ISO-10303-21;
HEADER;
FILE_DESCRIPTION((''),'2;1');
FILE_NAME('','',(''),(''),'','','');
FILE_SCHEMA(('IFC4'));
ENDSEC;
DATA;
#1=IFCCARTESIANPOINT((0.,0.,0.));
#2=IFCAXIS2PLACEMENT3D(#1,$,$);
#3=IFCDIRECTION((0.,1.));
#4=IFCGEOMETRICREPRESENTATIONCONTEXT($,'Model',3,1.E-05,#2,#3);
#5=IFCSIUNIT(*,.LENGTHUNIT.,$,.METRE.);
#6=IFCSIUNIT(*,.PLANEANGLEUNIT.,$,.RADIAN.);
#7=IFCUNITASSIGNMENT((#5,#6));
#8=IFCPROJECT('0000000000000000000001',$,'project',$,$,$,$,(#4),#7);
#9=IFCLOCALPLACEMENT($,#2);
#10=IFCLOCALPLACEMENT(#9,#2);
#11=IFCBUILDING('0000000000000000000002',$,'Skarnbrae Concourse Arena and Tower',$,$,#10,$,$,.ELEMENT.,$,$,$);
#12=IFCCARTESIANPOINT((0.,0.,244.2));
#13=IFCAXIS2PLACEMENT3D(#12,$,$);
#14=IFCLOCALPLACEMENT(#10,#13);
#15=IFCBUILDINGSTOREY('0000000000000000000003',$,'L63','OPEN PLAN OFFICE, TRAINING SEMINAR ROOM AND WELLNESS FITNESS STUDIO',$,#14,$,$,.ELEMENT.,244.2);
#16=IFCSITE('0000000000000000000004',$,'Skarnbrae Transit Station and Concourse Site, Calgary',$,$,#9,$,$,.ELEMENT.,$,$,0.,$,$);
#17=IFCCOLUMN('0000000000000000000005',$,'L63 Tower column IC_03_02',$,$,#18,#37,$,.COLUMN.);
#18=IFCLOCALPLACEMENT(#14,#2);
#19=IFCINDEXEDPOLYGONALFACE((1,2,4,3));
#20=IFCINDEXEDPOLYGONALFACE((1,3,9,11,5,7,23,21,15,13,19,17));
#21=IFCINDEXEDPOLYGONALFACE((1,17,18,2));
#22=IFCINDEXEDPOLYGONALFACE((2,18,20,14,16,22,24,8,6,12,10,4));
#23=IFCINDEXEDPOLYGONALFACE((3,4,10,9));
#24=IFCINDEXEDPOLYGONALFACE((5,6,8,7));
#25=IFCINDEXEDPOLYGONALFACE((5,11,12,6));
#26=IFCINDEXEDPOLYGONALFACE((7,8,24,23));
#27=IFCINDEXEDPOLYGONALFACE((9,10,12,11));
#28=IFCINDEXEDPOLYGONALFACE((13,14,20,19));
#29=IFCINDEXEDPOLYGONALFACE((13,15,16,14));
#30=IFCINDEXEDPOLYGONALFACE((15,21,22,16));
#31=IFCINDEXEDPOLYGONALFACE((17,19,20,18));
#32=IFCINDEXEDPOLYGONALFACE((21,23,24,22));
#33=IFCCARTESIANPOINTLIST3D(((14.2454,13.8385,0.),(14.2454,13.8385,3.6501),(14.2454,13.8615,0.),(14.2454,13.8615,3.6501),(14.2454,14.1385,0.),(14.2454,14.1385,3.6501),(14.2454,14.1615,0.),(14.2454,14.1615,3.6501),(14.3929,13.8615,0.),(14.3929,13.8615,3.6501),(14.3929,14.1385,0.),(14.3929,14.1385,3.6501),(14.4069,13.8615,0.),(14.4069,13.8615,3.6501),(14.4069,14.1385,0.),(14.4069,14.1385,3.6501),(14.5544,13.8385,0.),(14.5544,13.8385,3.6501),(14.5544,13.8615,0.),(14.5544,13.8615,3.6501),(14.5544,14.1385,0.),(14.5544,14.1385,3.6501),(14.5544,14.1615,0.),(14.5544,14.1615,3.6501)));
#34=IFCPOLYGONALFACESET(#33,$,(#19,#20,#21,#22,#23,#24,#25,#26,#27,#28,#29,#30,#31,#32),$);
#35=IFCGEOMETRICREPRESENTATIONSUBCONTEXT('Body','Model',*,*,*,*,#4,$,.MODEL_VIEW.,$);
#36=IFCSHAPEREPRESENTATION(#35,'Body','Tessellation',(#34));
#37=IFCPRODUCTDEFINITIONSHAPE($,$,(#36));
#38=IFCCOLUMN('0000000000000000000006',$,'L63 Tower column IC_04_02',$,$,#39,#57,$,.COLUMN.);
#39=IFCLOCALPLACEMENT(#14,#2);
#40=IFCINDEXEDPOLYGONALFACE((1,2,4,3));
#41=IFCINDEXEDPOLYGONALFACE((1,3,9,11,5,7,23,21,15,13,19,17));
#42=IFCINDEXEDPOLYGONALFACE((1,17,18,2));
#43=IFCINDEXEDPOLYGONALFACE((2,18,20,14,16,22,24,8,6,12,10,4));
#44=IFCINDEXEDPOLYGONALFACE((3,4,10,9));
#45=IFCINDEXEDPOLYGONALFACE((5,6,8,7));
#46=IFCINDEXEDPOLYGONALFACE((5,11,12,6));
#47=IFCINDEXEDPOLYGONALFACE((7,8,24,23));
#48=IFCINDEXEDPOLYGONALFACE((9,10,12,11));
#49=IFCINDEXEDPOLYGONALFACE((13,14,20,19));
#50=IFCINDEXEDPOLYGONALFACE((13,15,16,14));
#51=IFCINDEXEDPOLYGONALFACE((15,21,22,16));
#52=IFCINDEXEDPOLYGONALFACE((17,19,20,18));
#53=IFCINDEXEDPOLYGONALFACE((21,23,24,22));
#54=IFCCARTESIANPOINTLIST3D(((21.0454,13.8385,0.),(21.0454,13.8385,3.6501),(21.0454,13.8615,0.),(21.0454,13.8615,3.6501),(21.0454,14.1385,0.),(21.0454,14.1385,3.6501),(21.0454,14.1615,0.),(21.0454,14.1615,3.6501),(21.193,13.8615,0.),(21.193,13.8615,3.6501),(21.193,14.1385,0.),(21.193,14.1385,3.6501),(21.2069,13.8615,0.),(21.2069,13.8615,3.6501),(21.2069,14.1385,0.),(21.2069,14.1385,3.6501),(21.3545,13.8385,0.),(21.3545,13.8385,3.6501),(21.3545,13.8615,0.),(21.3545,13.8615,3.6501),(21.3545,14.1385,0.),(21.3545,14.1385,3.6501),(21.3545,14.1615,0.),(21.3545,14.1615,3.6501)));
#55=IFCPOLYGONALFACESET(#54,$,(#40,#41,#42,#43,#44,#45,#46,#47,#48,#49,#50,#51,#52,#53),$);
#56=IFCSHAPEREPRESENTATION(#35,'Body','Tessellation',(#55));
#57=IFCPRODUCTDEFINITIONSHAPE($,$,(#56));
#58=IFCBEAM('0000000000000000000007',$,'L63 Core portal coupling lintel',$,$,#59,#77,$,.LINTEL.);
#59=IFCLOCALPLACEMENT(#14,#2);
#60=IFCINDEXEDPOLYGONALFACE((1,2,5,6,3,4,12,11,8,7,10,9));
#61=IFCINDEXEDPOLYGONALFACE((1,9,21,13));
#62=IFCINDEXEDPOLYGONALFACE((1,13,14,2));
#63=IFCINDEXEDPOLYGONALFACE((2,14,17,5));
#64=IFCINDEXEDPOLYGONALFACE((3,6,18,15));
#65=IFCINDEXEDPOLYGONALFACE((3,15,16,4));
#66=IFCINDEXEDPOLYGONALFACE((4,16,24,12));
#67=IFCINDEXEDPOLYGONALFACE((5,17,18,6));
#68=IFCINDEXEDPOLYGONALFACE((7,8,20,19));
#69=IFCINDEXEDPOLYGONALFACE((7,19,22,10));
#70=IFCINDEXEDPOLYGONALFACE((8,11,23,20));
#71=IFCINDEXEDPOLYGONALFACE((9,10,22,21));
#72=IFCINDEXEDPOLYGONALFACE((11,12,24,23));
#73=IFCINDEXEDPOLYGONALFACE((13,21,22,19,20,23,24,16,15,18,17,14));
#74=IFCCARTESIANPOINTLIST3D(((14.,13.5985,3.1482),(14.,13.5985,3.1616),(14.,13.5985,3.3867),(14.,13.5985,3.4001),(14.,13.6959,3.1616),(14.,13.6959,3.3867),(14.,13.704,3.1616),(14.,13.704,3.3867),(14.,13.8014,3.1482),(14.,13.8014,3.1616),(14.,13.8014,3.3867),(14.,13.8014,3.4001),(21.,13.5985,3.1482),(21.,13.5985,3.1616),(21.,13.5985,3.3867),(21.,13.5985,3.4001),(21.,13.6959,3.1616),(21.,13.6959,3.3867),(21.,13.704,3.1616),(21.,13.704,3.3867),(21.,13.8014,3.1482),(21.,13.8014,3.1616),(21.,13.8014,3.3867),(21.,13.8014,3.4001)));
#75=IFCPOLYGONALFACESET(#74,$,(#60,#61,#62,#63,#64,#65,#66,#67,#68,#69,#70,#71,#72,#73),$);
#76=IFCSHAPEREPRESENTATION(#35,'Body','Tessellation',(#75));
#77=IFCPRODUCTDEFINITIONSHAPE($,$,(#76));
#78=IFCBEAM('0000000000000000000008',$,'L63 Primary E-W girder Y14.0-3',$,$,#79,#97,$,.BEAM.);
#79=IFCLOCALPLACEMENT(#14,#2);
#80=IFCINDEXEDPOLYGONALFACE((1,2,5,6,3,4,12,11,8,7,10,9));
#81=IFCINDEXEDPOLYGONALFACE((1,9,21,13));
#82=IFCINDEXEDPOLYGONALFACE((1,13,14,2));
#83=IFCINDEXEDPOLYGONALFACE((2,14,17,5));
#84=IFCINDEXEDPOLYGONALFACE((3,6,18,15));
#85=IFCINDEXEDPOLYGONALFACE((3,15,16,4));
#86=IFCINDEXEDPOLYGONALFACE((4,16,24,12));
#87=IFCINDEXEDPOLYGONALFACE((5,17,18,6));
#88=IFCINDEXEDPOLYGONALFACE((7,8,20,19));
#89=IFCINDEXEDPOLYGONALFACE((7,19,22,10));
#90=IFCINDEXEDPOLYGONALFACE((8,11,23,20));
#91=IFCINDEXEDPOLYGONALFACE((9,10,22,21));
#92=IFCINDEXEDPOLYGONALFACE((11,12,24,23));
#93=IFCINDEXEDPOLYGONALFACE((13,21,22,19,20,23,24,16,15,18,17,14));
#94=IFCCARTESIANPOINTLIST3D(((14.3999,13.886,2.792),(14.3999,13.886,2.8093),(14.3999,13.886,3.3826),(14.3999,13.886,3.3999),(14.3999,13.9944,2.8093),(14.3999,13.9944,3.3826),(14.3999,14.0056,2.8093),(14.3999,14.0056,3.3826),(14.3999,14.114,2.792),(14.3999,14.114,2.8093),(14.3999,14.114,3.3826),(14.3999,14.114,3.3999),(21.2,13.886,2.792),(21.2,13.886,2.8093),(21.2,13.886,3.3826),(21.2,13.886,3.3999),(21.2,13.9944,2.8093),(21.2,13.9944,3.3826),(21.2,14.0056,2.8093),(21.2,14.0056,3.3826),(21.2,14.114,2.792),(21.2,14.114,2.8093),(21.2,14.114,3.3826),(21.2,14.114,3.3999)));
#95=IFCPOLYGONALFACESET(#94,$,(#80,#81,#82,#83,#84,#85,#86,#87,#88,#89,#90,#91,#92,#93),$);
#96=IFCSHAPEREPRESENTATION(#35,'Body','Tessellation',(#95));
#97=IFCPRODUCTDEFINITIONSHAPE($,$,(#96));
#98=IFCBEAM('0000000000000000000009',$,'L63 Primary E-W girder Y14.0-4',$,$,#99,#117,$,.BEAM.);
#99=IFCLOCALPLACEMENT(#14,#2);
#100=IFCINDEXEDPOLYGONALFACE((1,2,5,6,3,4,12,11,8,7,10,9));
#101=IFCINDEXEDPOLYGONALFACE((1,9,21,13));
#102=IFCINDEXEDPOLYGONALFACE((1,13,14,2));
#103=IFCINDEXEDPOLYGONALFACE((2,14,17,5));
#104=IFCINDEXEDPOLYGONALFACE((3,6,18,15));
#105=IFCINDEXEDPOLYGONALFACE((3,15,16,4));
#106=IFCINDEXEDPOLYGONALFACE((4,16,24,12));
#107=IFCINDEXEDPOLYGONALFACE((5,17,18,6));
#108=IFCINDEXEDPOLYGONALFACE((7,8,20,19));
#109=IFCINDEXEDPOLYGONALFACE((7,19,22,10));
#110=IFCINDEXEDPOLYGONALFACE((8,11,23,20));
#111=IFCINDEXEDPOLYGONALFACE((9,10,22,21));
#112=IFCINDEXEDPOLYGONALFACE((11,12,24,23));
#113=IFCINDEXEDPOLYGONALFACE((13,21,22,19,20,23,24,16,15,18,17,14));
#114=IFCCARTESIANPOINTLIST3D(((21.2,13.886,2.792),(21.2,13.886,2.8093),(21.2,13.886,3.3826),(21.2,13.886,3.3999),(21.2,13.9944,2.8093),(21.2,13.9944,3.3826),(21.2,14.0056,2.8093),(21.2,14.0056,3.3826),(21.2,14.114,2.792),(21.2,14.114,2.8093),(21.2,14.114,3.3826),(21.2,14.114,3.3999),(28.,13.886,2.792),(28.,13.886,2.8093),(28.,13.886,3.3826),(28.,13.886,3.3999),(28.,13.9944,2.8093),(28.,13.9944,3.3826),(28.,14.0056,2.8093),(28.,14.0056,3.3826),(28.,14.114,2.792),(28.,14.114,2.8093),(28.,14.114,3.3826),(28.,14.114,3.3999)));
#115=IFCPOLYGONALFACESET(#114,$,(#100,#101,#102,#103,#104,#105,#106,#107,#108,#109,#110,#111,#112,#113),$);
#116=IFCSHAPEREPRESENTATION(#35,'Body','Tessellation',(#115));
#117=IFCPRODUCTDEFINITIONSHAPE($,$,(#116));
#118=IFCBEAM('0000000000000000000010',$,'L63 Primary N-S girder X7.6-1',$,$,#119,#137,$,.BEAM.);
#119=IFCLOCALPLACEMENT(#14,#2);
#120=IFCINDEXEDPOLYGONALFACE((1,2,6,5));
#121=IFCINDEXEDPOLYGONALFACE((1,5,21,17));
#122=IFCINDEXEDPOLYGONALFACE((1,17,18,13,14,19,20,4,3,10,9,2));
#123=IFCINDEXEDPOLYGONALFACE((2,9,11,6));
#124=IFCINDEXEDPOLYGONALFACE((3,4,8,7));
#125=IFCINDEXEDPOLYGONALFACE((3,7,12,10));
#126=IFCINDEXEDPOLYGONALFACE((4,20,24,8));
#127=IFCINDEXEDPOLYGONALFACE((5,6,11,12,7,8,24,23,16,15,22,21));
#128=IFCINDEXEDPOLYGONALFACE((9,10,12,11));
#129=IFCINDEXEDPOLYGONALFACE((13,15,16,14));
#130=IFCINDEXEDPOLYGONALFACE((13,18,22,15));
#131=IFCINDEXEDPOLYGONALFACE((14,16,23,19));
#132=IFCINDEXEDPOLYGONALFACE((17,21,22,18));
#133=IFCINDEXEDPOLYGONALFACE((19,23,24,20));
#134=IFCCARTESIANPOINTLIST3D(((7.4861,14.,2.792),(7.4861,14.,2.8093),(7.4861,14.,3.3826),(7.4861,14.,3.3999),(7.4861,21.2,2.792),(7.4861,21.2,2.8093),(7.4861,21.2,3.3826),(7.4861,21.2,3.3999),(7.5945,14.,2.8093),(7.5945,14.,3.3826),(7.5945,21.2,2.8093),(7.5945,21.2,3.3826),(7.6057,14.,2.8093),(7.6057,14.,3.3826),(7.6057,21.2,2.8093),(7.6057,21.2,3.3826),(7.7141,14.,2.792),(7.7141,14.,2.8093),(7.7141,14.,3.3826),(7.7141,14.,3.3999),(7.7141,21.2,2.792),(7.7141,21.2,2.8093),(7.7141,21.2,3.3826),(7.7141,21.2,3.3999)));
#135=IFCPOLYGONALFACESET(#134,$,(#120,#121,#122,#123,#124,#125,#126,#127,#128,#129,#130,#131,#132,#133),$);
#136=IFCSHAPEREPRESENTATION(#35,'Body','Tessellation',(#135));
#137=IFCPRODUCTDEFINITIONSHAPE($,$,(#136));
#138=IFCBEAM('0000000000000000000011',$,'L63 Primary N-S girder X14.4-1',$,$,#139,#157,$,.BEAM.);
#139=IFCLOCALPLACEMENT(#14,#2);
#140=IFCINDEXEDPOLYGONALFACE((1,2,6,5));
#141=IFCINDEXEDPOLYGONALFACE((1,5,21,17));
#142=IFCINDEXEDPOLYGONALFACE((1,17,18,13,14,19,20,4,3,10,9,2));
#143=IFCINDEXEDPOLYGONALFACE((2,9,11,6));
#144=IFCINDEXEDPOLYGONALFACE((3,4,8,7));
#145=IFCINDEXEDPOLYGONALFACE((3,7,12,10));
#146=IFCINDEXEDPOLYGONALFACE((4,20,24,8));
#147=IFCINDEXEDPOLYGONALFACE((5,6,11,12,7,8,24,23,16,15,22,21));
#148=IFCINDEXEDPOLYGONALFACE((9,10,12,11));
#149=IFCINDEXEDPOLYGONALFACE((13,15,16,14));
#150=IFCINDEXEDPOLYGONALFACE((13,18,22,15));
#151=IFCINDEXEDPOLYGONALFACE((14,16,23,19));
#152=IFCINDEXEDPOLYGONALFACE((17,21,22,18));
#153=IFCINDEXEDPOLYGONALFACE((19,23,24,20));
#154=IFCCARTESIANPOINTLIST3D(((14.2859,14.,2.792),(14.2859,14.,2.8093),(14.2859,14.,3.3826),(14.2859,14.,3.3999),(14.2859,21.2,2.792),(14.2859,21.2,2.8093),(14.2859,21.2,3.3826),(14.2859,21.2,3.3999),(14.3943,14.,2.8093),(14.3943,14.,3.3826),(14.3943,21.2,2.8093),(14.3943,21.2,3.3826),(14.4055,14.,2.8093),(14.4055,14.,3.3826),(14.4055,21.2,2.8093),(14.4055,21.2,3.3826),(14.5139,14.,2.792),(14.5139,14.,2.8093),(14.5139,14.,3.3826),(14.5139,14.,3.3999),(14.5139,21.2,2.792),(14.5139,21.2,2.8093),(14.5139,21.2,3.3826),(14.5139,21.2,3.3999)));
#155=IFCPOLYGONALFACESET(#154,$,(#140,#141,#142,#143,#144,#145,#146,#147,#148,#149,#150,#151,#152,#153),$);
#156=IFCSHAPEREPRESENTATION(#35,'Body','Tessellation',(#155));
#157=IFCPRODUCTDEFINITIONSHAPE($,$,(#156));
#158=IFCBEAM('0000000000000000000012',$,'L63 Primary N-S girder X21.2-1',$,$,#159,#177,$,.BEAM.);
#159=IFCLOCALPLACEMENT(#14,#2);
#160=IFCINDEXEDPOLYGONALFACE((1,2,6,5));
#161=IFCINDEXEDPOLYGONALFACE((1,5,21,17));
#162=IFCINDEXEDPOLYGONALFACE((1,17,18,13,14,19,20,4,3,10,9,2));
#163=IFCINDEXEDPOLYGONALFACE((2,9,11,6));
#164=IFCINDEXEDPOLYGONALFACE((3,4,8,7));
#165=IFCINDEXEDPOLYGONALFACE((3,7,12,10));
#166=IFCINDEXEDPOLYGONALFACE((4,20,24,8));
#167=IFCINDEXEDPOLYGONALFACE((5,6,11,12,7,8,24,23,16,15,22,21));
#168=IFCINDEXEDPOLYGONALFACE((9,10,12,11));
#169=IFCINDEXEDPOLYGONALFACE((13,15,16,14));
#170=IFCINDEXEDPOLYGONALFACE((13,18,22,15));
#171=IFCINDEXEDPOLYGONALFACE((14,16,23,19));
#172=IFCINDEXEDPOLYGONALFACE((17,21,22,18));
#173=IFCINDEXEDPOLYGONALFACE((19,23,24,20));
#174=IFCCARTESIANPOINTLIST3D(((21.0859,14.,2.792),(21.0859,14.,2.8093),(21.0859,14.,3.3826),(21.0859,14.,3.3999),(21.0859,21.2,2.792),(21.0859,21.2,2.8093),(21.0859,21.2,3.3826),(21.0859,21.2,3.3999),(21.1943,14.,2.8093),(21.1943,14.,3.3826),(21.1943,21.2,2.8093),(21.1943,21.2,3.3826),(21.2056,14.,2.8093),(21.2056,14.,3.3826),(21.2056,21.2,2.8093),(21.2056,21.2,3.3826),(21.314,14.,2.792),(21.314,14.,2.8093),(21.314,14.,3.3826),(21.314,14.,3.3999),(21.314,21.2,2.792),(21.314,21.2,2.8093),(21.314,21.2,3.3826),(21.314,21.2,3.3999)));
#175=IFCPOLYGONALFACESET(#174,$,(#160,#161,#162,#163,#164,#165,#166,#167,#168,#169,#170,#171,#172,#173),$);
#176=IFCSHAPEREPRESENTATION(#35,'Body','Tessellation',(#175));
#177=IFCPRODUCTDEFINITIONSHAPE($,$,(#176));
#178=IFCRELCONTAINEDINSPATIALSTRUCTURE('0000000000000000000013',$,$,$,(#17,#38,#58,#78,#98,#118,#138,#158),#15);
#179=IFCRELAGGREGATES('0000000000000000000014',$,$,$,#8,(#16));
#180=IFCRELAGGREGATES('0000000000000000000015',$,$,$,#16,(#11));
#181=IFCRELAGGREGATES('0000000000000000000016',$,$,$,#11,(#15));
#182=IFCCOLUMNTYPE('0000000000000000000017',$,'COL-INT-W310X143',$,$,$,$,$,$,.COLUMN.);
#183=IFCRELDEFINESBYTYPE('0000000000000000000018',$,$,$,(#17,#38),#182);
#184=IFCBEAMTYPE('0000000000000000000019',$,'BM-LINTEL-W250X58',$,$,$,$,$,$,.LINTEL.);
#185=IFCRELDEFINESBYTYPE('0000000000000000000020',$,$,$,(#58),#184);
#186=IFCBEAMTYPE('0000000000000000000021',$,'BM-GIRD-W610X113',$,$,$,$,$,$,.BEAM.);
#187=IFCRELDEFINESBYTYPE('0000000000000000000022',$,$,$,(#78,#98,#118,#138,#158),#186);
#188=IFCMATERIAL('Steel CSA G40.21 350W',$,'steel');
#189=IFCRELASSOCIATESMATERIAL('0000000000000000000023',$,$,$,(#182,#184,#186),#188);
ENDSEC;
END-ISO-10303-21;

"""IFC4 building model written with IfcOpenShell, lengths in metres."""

from ifc_helpers import new_model, si_unit, direction, frame, origin, origin_2d, place, context, subcontext, project, spatial, i_section, extrude, source, transform, mapped, material, material_profile, profile_set, type_object, element, save


model = new_model("IFC4")

# Units and contexts
model_context = context("Model", 3, precision=1e-05, world=origin(), true_north=direction((0.0, 1.0)))
body_context = subcontext(model_context, "Body", "Model", "MODEL_VIEW")
ifc_project = project(units=[si_unit("LENGTHUNIT", "METRE"), si_unit("PLANEANGLEUNIT", "RADIAN")], contexts=[model_context])

# Site, building, storey
site_placement = place(None, origin())
site = spatial("IfcSite", under=ifc_project, at=site_placement, Name="Skarnbrae Transit Station and Concourse Site, Calgary", CompositionType="ELEMENT", RefElevation=0.0)
building_placement = place(site_placement, origin())
building = spatial("IfcBuilding", under=site, at=building_placement, Name="Skarnbrae Concourse Arena and Tower", CompositionType="ELEMENT")
storey_placement = place(building_placement, frame((0.0, 0.0, 244.2)))
storey = spatial("IfcBuildingStorey", under=building, at=storey_placement, Name="L63", Description="OPEN PLAN OFFICE, TRAINING SEMINAR ROOM AND WELLNESS FITNESS STUDIO", CompositionType="ELEMENT", Elevation=244.2)

# Columns
ifc_material_1 = material(Name="Steel CSA G40.21 350W", Category="steel")
ifc_material_profile_1 = material_profile(ifc_material_1, i_section(OverallWidth=0.3091, OverallDepth=0.323, WebThickness=0.0139, FlangeThickness=0.0229, at=origin_2d()), Name="W310X143")
ifc_profile_set_1 = profile_set([ifc_material_profile_1], Name="Steel CSA G40.21 350W")
column_type = type_object("IfcColumnType", Name="COL-INT-W310X143", PredefinedType="COLUMN", material=ifc_profile_set_1)
shared_shape_1 = source(origin(), body_context, "Body", "SweptSolid", [
    extrude(i_section(OverallWidth=0.3091, OverallDepth=0.323, WebThickness=0.0139, FlangeThickness=0.0229, at=origin_2d()), origin(), (0.0, 0.0, 1.0), 3.6501),
])
for number, where, z_axis, x_axis, name in (
    (1, (14.3999, 14.0, 0.0), (0.0, 0.0, 1.0), (1.0, 0.0, 0.0), "L63 Tower column IC_03_02"),
    (2, (21.2, 14.0, 0.0), (0.0, 0.0, 1.0), (1.0, 0.0, 0.0), "L63 Tower column IC_04_02"),
):
    element("IfcColumn", number, at=place(storey_placement, frame(where, z_axis=z_axis, x_axis=x_axis)), inside=storey, type_object=column_type, Name=name, PredefinedType="COLUMN", context=body_context, shape_type="MappedRepresentation", body=[
        mapped(shared_shape_1, transform((0.0, 0.0, 0.0))),
    ])

# Beams
ifc_material_profile_2 = material_profile(ifc_material_1, i_section(OverallWidth=0.2029, OverallDepth=0.252, WebThickness=0.0081, FlangeThickness=0.0134, at=origin_2d()), Name="W250X58")
ifc_profile_set_2 = profile_set([ifc_material_profile_2], Name="Steel CSA G40.21 350W")
beam_type_1 = type_object("IfcBeamType", Name="BM-LINTEL-W250X58", PredefinedType="LINTEL", material=ifc_profile_set_2)
shared_shape_2 = source(origin(), body_context, "Body", "SweptSolid", [
    extrude(i_section(OverallWidth=0.2029, OverallDepth=0.252, WebThickness=0.0081, FlangeThickness=0.0134, at=origin_2d()), origin(), (0.0, 0.0, 1.0), 7.0),
])
beam_placement = place(storey_placement, frame((14.0, 13.7, 3.2742), z_axis=(1.0, 0.0, 0.0), x_axis=(0.0, 1.0, 0.0)))
element("IfcBeam", 3, at=beam_placement, inside=storey, type_object=beam_type_1, Name="L63 Core portal coupling lintel", PredefinedType="LINTEL", context=body_context, shape_type="MappedRepresentation", body=[
    mapped(shared_shape_2, transform((0.0, 0.0, 0.0))),
])
ifc_material_profile_3 = material_profile(ifc_material_1, i_section(OverallWidth=0.228, OverallDepth=0.6079, WebThickness=0.0112, FlangeThickness=0.0173, at=origin_2d()), Name="W610X113")
ifc_profile_set_3 = profile_set([ifc_material_profile_3], Name="Steel CSA G40.21 350W")
beam_type_2 = type_object("IfcBeamType", Name="BM-GIRD-W610X113", PredefinedType="BEAM", material=ifc_profile_set_3)
shared_shape_3 = source(origin(), body_context, "Body", "SweptSolid", [
    extrude(i_section(OverallWidth=0.228, OverallDepth=0.6079, WebThickness=0.0112, FlangeThickness=0.0173, at=origin_2d()), origin(), (0.0, 0.0, 1.0), 6.8),
])
for number, where, z_axis, x_axis, name in (
    (4, (14.3999, 14.0, 3.0959), (1.0, 0.0, 0.0), (0.0, 1.0, 0.0), "L63 Primary E-W girder Y14.0-3"),
    (5, (21.2, 14.0, 3.0959), (1.0, 0.0, 0.0), (0.0, 1.0, 0.0), "L63 Primary E-W girder Y14.0-4"),
):
    element("IfcBeam", number, at=place(storey_placement, frame(where, z_axis=z_axis, x_axis=x_axis)), inside=storey, type_object=beam_type_2, Name=name, PredefinedType="BEAM", context=body_context, shape_type="MappedRepresentation", body=[
        mapped(shared_shape_3, transform((0.0, 0.0, 0.0))),
    ])
shared_shape_4 = source(origin(), body_context, "Body", "SweptSolid", [
    extrude(i_section(OverallWidth=0.228, OverallDepth=0.6079, WebThickness=0.0112, FlangeThickness=0.0173, at=origin_2d()), origin(), (0.0, 0.0, 1.0), 7.2),
])
for number, where, z_axis, x_axis, name in (
    (6, (7.6001, 14.0, 3.0959), (0.0, 1.0, 0.0), (-1.0, 0.0, 0.0), "L63 Primary N-S girder X7.6-1"),
    (7, (14.3999, 14.0, 3.0959), (0.0, 1.0, 0.0), (-1.0, 0.0, 0.0), "L63 Primary N-S girder X14.4-1"),
    (8, (21.2, 14.0, 3.0959), (0.0, 1.0, 0.0), (-1.0, 0.0, 0.0), "L63 Primary N-S girder X21.2-1"),
):
    element("IfcBeam", number, at=place(storey_placement, frame(where, z_axis=z_axis, x_axis=x_axis)), inside=storey, type_object=beam_type_2, Name=name, PredefinedType="BEAM", context=body_context, shape_type="MappedRepresentation", body=[
        mapped(shared_shape_4, transform((0.0, 0.0, 0.0))),
    ])

save(model, "model.ifc")
